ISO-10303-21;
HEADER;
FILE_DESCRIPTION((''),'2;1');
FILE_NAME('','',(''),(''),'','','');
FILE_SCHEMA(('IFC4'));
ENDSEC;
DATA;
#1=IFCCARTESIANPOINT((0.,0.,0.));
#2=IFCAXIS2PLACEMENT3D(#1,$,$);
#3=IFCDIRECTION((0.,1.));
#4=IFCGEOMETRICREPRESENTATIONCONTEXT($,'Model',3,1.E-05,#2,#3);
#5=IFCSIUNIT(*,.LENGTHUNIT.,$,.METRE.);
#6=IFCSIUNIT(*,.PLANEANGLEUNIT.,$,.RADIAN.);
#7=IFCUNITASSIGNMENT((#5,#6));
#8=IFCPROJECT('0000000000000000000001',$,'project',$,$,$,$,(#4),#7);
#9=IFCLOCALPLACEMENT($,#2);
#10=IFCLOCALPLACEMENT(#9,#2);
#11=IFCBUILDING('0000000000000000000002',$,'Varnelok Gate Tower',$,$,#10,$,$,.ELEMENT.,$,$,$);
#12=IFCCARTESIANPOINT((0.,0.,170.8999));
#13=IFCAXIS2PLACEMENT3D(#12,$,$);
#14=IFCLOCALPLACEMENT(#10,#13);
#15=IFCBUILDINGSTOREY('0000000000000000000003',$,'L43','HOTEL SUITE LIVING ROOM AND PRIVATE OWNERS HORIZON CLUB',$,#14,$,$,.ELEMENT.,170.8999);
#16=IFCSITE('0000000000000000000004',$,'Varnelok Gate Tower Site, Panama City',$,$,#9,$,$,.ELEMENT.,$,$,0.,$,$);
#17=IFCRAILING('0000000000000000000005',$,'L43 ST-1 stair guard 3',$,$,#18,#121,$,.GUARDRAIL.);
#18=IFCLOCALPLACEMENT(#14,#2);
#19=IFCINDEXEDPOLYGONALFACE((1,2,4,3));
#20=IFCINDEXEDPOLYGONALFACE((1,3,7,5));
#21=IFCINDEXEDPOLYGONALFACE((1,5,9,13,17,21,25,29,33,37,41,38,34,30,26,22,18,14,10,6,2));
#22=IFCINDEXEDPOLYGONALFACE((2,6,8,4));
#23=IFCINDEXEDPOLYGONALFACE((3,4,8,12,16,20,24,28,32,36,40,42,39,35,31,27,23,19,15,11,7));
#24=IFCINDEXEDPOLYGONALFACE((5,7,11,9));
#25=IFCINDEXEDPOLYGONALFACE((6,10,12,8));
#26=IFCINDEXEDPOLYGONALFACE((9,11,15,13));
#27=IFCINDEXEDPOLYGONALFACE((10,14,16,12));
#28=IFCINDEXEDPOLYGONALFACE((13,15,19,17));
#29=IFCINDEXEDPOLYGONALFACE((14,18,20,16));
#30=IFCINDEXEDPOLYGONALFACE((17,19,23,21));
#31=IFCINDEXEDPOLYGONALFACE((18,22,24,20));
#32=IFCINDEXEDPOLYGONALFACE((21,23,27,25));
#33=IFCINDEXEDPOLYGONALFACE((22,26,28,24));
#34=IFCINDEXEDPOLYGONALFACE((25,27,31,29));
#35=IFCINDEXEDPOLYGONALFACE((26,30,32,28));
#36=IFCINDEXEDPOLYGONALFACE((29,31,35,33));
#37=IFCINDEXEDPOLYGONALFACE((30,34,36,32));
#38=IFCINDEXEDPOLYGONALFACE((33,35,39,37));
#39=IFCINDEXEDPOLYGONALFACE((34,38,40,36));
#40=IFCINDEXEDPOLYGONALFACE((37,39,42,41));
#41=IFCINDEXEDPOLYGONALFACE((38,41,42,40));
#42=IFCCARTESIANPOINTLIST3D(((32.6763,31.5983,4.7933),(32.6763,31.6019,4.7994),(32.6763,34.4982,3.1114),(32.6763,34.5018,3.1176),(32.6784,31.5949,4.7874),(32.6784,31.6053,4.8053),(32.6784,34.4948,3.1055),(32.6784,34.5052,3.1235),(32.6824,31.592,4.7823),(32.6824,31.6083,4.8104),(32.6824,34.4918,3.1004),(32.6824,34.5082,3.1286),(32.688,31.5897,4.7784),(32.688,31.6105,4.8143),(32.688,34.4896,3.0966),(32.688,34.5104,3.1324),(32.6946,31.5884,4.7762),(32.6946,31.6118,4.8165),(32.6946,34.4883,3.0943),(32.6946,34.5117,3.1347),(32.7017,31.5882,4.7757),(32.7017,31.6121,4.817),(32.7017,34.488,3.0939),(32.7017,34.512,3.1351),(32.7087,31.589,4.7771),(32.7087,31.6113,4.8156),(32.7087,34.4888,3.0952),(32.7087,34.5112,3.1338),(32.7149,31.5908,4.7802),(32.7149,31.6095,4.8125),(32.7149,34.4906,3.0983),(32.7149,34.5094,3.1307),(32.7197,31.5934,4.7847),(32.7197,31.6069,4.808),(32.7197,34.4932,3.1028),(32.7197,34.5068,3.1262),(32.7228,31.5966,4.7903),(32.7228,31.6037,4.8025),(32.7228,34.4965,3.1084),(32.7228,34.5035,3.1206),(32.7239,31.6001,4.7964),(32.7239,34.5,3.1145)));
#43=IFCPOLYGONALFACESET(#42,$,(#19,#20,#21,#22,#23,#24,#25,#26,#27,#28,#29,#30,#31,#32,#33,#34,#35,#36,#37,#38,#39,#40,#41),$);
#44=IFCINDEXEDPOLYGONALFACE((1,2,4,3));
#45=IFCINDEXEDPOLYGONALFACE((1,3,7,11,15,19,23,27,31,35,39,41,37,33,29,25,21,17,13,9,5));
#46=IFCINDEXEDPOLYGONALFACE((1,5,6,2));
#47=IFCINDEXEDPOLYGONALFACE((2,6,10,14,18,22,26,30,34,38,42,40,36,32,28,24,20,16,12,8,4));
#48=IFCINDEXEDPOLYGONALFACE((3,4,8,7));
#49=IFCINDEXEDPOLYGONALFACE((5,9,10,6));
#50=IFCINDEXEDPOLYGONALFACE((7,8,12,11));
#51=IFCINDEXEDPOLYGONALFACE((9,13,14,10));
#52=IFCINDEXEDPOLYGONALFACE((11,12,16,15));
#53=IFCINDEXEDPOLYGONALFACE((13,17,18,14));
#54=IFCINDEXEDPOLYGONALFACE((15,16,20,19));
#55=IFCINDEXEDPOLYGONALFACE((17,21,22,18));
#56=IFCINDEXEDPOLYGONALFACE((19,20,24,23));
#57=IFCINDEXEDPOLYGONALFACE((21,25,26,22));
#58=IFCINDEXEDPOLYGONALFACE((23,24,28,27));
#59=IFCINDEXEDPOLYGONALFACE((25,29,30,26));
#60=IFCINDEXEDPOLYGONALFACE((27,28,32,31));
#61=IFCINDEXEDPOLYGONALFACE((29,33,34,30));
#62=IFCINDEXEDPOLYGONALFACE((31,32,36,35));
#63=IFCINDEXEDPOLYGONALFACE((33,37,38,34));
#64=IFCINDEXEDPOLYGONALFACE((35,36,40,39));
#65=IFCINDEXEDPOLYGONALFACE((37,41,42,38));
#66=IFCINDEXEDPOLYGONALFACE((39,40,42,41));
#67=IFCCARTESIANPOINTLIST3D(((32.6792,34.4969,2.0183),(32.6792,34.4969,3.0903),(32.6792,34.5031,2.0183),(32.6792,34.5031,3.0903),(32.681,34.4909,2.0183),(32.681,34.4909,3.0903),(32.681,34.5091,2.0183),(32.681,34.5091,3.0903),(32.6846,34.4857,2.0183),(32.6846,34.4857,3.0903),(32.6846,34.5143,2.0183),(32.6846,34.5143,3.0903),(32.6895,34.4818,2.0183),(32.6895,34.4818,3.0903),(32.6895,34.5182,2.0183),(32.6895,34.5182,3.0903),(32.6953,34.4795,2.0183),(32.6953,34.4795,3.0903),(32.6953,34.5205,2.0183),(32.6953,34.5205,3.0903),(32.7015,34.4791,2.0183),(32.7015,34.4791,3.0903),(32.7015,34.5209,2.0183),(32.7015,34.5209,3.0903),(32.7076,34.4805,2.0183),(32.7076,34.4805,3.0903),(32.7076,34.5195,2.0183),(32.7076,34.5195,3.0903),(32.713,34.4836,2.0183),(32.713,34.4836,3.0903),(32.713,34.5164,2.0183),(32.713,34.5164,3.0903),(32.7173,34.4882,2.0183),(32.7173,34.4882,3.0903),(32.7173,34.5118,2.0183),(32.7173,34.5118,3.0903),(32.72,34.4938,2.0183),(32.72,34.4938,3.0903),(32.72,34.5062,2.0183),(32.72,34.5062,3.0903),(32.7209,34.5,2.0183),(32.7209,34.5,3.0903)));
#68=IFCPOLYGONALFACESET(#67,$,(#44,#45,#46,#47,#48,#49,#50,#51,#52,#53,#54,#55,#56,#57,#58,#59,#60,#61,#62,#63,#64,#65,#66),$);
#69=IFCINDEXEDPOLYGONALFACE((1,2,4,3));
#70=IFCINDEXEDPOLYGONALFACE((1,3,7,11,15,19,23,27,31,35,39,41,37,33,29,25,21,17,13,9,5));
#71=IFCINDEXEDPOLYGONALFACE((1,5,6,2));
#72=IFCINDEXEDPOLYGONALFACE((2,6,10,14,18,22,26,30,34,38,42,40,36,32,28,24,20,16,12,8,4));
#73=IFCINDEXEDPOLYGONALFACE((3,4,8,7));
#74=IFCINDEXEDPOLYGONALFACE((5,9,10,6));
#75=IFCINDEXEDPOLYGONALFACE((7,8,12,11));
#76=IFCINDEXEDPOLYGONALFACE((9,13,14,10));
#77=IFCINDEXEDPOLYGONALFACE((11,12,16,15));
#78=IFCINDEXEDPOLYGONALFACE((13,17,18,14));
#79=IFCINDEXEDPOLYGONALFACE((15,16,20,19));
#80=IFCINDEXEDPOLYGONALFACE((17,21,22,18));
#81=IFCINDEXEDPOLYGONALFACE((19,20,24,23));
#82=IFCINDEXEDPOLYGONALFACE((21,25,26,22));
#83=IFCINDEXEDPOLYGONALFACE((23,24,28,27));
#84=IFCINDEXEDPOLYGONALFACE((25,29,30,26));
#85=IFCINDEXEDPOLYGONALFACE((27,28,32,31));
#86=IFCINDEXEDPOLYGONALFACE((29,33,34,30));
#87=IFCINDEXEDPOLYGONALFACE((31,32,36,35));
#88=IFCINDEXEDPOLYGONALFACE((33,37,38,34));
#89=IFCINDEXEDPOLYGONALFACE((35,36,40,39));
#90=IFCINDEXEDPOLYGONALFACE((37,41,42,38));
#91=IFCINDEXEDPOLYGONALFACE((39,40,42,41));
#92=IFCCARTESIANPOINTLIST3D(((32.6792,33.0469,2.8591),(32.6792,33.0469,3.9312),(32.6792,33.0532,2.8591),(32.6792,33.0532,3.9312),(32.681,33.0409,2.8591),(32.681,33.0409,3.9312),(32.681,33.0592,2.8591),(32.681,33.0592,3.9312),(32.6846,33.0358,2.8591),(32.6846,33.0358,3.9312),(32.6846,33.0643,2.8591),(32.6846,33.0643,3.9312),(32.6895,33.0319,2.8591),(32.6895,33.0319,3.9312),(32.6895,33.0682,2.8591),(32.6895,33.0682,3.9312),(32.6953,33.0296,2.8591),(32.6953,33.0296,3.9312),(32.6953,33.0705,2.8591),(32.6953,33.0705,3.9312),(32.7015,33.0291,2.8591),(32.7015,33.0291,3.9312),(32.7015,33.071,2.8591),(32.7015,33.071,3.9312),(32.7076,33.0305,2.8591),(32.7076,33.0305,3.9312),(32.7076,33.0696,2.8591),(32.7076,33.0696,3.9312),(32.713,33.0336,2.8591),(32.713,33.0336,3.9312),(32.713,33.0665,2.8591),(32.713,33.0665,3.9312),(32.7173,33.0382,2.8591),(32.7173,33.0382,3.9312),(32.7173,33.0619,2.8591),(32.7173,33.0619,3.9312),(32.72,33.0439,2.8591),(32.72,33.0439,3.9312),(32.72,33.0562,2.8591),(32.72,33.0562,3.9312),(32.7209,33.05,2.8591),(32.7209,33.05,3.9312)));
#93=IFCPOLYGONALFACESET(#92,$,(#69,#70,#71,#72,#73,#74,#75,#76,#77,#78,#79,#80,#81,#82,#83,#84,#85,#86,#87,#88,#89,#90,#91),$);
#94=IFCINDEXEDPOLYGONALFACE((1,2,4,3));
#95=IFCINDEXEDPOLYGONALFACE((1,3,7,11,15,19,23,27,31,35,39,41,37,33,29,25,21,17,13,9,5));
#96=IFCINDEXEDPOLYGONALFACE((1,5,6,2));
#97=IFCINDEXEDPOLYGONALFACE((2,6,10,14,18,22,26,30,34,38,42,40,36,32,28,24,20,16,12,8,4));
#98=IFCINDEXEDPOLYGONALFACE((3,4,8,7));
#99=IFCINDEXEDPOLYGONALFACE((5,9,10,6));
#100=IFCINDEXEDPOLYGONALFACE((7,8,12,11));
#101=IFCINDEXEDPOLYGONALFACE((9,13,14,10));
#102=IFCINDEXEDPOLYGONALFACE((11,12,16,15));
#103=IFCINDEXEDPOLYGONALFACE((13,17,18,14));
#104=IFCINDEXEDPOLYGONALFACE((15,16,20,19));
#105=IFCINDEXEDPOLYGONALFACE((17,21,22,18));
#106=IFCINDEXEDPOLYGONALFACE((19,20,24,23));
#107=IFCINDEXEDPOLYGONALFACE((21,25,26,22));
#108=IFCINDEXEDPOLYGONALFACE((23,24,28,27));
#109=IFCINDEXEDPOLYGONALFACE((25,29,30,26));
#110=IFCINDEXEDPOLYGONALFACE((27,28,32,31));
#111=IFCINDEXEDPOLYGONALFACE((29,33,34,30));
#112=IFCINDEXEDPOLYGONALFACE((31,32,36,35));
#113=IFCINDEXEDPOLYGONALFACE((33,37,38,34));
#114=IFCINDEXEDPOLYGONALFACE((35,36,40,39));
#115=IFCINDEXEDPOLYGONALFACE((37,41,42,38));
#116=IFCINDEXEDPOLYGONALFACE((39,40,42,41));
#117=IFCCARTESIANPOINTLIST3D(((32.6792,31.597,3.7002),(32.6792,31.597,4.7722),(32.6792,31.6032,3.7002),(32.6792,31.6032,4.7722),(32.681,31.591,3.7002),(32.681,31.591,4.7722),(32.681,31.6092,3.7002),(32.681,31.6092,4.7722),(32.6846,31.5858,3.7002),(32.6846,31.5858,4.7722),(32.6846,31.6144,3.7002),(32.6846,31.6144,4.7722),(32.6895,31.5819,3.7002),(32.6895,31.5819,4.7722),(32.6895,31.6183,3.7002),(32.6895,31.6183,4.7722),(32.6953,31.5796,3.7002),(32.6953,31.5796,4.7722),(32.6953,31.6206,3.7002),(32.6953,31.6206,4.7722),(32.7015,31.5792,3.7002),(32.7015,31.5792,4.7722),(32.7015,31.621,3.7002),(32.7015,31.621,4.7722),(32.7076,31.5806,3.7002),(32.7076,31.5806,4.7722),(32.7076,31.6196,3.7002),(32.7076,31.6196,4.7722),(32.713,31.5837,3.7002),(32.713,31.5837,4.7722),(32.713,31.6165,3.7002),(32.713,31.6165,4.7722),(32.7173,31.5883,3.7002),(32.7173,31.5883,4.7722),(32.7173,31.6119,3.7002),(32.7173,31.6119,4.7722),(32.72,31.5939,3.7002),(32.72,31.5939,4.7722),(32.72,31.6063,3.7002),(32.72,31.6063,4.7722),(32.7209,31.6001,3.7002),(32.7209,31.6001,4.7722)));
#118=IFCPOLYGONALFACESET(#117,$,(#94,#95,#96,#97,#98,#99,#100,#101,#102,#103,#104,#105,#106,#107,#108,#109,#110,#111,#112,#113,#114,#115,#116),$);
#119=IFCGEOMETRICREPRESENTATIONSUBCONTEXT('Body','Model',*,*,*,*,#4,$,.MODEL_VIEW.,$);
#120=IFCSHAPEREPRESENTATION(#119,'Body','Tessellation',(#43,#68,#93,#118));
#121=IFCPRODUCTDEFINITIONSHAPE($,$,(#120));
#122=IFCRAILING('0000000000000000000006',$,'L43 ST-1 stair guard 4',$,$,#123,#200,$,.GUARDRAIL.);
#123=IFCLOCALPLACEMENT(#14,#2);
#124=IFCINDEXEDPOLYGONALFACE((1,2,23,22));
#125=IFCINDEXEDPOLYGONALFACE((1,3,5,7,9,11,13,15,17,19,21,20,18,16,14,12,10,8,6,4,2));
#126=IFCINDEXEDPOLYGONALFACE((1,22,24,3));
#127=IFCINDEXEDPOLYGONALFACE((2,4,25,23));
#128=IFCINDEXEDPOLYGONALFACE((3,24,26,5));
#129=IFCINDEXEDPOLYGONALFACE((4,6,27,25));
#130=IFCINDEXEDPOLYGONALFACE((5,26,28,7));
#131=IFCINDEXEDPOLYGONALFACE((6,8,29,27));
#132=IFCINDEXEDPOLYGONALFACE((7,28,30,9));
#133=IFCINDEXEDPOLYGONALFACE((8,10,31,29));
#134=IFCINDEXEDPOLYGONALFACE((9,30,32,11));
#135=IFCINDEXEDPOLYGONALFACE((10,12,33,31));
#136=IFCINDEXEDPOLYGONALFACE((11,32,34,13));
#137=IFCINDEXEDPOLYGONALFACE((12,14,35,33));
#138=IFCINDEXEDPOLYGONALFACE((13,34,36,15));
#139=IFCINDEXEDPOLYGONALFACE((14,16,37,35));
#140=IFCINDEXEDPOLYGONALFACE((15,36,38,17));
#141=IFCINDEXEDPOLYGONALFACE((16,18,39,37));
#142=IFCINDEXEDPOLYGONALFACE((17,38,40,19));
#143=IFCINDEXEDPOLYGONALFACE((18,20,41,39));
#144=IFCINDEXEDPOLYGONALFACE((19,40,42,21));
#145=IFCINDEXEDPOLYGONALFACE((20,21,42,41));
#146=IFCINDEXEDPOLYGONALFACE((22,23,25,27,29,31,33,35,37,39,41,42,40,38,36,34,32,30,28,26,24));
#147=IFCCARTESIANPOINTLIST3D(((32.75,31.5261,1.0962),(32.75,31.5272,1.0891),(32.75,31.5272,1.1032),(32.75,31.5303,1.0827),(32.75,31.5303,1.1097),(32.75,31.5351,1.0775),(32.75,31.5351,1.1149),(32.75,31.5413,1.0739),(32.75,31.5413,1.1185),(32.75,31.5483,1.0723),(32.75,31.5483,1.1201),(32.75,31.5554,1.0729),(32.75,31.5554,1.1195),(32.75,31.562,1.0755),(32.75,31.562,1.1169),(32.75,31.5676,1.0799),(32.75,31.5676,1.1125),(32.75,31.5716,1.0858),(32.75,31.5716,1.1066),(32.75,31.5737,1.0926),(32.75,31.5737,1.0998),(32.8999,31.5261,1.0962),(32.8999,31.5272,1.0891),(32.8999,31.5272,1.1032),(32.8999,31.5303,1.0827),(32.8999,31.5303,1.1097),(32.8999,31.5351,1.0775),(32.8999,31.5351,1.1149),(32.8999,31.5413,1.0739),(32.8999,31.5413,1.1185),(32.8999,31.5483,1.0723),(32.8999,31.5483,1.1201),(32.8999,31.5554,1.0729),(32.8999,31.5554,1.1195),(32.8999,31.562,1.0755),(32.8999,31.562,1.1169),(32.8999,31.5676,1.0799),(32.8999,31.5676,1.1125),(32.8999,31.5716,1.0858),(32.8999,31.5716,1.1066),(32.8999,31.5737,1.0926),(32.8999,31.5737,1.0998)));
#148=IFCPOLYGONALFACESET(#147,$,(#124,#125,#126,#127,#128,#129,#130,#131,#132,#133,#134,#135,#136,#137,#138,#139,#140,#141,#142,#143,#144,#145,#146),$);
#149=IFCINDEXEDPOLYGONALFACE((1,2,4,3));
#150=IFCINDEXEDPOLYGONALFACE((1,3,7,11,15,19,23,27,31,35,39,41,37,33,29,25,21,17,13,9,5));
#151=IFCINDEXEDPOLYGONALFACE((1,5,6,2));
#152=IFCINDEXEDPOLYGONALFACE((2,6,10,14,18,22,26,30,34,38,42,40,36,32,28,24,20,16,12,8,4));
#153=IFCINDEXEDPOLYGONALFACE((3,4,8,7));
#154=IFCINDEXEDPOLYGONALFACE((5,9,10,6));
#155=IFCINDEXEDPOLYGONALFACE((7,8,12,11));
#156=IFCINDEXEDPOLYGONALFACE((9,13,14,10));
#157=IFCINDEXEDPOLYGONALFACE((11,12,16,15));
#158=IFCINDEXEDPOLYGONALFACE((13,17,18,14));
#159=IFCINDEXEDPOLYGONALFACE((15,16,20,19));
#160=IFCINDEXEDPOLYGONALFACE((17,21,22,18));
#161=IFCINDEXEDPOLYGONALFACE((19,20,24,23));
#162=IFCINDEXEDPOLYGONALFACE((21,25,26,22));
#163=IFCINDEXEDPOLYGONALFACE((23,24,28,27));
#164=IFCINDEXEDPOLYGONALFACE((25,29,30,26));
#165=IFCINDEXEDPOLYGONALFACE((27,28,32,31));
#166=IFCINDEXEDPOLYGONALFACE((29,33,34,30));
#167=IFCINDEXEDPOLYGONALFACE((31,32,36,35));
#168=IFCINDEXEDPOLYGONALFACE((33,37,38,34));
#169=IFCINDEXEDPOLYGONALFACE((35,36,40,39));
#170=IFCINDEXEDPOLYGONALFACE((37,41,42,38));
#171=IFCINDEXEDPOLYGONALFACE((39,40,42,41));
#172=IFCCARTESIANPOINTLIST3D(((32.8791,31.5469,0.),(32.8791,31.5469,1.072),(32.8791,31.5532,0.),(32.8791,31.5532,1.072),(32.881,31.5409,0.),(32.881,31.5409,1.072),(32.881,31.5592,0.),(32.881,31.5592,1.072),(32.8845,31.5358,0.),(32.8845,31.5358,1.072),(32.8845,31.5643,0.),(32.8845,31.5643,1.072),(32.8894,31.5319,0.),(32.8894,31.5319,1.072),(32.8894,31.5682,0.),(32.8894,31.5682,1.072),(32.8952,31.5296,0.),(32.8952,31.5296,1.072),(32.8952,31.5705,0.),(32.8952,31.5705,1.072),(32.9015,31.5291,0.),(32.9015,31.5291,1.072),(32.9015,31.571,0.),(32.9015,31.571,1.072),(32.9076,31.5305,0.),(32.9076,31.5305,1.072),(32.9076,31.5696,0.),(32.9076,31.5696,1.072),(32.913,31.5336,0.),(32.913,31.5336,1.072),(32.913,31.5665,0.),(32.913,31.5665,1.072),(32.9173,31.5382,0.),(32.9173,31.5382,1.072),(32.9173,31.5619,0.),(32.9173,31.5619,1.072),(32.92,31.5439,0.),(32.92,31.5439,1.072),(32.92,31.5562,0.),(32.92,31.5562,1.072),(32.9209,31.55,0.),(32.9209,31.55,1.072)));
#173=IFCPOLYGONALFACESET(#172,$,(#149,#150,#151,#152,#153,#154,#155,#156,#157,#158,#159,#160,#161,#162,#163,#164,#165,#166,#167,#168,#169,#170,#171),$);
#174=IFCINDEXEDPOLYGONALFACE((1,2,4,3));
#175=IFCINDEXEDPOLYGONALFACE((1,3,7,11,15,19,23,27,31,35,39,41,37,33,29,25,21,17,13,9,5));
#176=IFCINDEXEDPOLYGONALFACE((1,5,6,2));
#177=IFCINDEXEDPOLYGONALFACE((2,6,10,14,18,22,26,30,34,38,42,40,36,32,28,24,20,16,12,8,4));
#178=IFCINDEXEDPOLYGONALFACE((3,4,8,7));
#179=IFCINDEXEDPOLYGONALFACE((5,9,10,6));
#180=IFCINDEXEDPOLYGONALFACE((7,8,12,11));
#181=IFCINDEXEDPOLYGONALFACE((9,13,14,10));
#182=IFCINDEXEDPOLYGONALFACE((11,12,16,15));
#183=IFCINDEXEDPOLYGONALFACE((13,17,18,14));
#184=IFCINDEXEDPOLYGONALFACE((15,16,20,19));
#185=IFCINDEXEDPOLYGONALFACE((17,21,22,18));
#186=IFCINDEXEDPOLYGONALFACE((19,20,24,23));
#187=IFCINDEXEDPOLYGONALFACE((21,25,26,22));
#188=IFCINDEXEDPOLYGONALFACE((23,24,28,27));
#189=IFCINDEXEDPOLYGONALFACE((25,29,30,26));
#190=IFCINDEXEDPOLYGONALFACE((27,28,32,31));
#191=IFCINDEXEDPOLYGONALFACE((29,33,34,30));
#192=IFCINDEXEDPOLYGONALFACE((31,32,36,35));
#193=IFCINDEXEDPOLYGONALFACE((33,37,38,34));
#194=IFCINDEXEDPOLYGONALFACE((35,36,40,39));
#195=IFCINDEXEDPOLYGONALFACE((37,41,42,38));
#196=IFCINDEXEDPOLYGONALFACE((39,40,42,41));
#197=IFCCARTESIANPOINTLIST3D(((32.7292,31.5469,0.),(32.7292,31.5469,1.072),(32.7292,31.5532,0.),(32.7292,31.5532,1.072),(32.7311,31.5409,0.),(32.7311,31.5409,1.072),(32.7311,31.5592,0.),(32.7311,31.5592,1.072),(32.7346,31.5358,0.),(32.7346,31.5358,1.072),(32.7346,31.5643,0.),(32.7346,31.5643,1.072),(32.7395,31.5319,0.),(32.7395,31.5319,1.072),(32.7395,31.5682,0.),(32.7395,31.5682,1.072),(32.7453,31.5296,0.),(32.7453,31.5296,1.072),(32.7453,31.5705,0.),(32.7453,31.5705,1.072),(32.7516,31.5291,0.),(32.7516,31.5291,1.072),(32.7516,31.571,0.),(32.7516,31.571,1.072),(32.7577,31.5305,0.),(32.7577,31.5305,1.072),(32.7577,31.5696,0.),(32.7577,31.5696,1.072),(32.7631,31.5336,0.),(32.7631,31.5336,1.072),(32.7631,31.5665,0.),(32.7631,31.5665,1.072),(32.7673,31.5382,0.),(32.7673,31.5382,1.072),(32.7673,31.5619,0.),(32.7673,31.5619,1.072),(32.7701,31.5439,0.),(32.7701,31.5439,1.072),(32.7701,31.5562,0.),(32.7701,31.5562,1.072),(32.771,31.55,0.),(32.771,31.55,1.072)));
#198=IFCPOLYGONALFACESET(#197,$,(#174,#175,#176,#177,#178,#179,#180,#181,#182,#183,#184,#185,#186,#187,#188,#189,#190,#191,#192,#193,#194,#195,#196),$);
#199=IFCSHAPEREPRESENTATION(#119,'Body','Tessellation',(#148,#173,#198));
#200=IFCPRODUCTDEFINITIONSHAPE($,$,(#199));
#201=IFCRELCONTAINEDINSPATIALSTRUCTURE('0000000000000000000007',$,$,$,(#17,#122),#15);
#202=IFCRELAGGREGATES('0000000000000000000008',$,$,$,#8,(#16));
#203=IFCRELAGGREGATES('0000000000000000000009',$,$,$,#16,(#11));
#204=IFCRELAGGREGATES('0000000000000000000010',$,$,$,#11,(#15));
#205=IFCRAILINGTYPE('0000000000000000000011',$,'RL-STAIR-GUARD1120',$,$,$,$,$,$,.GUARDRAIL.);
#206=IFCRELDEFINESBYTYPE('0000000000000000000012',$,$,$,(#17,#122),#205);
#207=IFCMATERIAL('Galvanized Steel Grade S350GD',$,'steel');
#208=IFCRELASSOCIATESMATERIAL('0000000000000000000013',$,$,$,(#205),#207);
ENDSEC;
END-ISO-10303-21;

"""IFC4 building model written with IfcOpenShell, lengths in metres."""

from ifc_helpers import new_model, si_unit, direction, frame, origin, origin_2d, place, context, subcontext, project, spatial, circle, extrude, material, type_object, element, save


model = new_model("IFC4")

# Units and contexts
model_context = context("Model", 3, precision=1e-05, world=origin(), true_north=direction((0.0, 1.0)))
body_context = subcontext(model_context, "Body", "Model", "MODEL_VIEW")
ifc_project = project(units=[si_unit("LENGTHUNIT", "METRE"), si_unit("PLANEANGLEUNIT", "RADIAN")], contexts=[model_context])

# Site, building, storey
site_placement = place(None, origin())
site = spatial("IfcSite", under=ifc_project, at=site_placement, Name="Varnelok Gate Tower Site, Panama City", CompositionType="ELEMENT", RefElevation=0.0)
building_placement = place(site_placement, origin())
building = spatial("IfcBuilding", under=site, at=building_placement, Name="Varnelok Gate Tower", CompositionType="ELEMENT")
storey_placement = place(building_placement, frame((0.0, 0.0, 170.8999)))
storey = spatial("IfcBuildingStorey", under=building, at=storey_placement, Name="L43", Description="HOTEL SUITE LIVING ROOM AND PRIVATE OWNERS HORIZON CLUB", CompositionType="ELEMENT", Elevation=170.8999)

# Shared definitions
ifc_material_1 = material(Name="Galvanized Steel Grade S350GD", Category="steel")

# Railings
railing_type_1 = type_object("IfcRailingType", Name="RL-STAIR-GUARD1120", PredefinedType="GUARDRAIL", material=ifc_material_1)
railing_1_placement = place(storey_placement, frame((32.7, 34.5, 2.0183)))
element("IfcRailing", 1, at=railing_1_placement, inside=storey, type_object=railing_type_1, Name="L43 ST-1 stair guard 3", PredefinedType="GUARDRAIL", context=body_context, shape_type="SweptSolid", body=[
    extrude(circle(Radius=0.0239, at=origin_2d()), frame((0.0, 0.0, 1.0962), z_axis=(0.0, -0.865039, 0.501705), x_axis=(1.0, 0.0, 0.0)), (0.0, 0.0, 1.0), 3.3523),
    extrude(circle(Radius=0.021, at=origin_2d()), origin(), (0.0, 0.0, 1.0), 1.072),
    extrude(circle(Radius=0.021, at=origin_2d()), frame((0.0, -1.45, 0.8408)), (0.0, 0.0, 1.0), 1.072),
    extrude(circle(Radius=0.021, at=origin_2d()), frame((0.0, -2.8999, 1.6819)), (0.0, 0.0, 1.0), 1.072),
])
railing_2_placement = place(storey_placement, frame((32.8999, 31.55, 0.0)))
element("IfcRailing", 2, at=railing_2_placement, inside=storey, type_object=railing_type_1, Name="L43 ST-1 stair guard 4", PredefinedType="GUARDRAIL", context=body_context, shape_type="SweptSolid", body=[
    extrude(circle(Radius=0.0239, at=origin_2d()), frame((0.0, 0.0, 1.0962), z_axis=(-1.0, 0.0, 0.0), x_axis=(0.0, -1.0, 0.0)), (0.0, 0.0, 1.0), 0.1499),
    extrude(circle(Radius=0.021, at=origin_2d()), origin(), (0.0, 0.0, 1.0), 1.072),
    extrude(circle(Radius=0.021, at=origin_2d()), frame((-0.1499, 0.0, 0.0)), (0.0, 0.0, 1.0), 1.072),
])

save(model, "model.ifc")
